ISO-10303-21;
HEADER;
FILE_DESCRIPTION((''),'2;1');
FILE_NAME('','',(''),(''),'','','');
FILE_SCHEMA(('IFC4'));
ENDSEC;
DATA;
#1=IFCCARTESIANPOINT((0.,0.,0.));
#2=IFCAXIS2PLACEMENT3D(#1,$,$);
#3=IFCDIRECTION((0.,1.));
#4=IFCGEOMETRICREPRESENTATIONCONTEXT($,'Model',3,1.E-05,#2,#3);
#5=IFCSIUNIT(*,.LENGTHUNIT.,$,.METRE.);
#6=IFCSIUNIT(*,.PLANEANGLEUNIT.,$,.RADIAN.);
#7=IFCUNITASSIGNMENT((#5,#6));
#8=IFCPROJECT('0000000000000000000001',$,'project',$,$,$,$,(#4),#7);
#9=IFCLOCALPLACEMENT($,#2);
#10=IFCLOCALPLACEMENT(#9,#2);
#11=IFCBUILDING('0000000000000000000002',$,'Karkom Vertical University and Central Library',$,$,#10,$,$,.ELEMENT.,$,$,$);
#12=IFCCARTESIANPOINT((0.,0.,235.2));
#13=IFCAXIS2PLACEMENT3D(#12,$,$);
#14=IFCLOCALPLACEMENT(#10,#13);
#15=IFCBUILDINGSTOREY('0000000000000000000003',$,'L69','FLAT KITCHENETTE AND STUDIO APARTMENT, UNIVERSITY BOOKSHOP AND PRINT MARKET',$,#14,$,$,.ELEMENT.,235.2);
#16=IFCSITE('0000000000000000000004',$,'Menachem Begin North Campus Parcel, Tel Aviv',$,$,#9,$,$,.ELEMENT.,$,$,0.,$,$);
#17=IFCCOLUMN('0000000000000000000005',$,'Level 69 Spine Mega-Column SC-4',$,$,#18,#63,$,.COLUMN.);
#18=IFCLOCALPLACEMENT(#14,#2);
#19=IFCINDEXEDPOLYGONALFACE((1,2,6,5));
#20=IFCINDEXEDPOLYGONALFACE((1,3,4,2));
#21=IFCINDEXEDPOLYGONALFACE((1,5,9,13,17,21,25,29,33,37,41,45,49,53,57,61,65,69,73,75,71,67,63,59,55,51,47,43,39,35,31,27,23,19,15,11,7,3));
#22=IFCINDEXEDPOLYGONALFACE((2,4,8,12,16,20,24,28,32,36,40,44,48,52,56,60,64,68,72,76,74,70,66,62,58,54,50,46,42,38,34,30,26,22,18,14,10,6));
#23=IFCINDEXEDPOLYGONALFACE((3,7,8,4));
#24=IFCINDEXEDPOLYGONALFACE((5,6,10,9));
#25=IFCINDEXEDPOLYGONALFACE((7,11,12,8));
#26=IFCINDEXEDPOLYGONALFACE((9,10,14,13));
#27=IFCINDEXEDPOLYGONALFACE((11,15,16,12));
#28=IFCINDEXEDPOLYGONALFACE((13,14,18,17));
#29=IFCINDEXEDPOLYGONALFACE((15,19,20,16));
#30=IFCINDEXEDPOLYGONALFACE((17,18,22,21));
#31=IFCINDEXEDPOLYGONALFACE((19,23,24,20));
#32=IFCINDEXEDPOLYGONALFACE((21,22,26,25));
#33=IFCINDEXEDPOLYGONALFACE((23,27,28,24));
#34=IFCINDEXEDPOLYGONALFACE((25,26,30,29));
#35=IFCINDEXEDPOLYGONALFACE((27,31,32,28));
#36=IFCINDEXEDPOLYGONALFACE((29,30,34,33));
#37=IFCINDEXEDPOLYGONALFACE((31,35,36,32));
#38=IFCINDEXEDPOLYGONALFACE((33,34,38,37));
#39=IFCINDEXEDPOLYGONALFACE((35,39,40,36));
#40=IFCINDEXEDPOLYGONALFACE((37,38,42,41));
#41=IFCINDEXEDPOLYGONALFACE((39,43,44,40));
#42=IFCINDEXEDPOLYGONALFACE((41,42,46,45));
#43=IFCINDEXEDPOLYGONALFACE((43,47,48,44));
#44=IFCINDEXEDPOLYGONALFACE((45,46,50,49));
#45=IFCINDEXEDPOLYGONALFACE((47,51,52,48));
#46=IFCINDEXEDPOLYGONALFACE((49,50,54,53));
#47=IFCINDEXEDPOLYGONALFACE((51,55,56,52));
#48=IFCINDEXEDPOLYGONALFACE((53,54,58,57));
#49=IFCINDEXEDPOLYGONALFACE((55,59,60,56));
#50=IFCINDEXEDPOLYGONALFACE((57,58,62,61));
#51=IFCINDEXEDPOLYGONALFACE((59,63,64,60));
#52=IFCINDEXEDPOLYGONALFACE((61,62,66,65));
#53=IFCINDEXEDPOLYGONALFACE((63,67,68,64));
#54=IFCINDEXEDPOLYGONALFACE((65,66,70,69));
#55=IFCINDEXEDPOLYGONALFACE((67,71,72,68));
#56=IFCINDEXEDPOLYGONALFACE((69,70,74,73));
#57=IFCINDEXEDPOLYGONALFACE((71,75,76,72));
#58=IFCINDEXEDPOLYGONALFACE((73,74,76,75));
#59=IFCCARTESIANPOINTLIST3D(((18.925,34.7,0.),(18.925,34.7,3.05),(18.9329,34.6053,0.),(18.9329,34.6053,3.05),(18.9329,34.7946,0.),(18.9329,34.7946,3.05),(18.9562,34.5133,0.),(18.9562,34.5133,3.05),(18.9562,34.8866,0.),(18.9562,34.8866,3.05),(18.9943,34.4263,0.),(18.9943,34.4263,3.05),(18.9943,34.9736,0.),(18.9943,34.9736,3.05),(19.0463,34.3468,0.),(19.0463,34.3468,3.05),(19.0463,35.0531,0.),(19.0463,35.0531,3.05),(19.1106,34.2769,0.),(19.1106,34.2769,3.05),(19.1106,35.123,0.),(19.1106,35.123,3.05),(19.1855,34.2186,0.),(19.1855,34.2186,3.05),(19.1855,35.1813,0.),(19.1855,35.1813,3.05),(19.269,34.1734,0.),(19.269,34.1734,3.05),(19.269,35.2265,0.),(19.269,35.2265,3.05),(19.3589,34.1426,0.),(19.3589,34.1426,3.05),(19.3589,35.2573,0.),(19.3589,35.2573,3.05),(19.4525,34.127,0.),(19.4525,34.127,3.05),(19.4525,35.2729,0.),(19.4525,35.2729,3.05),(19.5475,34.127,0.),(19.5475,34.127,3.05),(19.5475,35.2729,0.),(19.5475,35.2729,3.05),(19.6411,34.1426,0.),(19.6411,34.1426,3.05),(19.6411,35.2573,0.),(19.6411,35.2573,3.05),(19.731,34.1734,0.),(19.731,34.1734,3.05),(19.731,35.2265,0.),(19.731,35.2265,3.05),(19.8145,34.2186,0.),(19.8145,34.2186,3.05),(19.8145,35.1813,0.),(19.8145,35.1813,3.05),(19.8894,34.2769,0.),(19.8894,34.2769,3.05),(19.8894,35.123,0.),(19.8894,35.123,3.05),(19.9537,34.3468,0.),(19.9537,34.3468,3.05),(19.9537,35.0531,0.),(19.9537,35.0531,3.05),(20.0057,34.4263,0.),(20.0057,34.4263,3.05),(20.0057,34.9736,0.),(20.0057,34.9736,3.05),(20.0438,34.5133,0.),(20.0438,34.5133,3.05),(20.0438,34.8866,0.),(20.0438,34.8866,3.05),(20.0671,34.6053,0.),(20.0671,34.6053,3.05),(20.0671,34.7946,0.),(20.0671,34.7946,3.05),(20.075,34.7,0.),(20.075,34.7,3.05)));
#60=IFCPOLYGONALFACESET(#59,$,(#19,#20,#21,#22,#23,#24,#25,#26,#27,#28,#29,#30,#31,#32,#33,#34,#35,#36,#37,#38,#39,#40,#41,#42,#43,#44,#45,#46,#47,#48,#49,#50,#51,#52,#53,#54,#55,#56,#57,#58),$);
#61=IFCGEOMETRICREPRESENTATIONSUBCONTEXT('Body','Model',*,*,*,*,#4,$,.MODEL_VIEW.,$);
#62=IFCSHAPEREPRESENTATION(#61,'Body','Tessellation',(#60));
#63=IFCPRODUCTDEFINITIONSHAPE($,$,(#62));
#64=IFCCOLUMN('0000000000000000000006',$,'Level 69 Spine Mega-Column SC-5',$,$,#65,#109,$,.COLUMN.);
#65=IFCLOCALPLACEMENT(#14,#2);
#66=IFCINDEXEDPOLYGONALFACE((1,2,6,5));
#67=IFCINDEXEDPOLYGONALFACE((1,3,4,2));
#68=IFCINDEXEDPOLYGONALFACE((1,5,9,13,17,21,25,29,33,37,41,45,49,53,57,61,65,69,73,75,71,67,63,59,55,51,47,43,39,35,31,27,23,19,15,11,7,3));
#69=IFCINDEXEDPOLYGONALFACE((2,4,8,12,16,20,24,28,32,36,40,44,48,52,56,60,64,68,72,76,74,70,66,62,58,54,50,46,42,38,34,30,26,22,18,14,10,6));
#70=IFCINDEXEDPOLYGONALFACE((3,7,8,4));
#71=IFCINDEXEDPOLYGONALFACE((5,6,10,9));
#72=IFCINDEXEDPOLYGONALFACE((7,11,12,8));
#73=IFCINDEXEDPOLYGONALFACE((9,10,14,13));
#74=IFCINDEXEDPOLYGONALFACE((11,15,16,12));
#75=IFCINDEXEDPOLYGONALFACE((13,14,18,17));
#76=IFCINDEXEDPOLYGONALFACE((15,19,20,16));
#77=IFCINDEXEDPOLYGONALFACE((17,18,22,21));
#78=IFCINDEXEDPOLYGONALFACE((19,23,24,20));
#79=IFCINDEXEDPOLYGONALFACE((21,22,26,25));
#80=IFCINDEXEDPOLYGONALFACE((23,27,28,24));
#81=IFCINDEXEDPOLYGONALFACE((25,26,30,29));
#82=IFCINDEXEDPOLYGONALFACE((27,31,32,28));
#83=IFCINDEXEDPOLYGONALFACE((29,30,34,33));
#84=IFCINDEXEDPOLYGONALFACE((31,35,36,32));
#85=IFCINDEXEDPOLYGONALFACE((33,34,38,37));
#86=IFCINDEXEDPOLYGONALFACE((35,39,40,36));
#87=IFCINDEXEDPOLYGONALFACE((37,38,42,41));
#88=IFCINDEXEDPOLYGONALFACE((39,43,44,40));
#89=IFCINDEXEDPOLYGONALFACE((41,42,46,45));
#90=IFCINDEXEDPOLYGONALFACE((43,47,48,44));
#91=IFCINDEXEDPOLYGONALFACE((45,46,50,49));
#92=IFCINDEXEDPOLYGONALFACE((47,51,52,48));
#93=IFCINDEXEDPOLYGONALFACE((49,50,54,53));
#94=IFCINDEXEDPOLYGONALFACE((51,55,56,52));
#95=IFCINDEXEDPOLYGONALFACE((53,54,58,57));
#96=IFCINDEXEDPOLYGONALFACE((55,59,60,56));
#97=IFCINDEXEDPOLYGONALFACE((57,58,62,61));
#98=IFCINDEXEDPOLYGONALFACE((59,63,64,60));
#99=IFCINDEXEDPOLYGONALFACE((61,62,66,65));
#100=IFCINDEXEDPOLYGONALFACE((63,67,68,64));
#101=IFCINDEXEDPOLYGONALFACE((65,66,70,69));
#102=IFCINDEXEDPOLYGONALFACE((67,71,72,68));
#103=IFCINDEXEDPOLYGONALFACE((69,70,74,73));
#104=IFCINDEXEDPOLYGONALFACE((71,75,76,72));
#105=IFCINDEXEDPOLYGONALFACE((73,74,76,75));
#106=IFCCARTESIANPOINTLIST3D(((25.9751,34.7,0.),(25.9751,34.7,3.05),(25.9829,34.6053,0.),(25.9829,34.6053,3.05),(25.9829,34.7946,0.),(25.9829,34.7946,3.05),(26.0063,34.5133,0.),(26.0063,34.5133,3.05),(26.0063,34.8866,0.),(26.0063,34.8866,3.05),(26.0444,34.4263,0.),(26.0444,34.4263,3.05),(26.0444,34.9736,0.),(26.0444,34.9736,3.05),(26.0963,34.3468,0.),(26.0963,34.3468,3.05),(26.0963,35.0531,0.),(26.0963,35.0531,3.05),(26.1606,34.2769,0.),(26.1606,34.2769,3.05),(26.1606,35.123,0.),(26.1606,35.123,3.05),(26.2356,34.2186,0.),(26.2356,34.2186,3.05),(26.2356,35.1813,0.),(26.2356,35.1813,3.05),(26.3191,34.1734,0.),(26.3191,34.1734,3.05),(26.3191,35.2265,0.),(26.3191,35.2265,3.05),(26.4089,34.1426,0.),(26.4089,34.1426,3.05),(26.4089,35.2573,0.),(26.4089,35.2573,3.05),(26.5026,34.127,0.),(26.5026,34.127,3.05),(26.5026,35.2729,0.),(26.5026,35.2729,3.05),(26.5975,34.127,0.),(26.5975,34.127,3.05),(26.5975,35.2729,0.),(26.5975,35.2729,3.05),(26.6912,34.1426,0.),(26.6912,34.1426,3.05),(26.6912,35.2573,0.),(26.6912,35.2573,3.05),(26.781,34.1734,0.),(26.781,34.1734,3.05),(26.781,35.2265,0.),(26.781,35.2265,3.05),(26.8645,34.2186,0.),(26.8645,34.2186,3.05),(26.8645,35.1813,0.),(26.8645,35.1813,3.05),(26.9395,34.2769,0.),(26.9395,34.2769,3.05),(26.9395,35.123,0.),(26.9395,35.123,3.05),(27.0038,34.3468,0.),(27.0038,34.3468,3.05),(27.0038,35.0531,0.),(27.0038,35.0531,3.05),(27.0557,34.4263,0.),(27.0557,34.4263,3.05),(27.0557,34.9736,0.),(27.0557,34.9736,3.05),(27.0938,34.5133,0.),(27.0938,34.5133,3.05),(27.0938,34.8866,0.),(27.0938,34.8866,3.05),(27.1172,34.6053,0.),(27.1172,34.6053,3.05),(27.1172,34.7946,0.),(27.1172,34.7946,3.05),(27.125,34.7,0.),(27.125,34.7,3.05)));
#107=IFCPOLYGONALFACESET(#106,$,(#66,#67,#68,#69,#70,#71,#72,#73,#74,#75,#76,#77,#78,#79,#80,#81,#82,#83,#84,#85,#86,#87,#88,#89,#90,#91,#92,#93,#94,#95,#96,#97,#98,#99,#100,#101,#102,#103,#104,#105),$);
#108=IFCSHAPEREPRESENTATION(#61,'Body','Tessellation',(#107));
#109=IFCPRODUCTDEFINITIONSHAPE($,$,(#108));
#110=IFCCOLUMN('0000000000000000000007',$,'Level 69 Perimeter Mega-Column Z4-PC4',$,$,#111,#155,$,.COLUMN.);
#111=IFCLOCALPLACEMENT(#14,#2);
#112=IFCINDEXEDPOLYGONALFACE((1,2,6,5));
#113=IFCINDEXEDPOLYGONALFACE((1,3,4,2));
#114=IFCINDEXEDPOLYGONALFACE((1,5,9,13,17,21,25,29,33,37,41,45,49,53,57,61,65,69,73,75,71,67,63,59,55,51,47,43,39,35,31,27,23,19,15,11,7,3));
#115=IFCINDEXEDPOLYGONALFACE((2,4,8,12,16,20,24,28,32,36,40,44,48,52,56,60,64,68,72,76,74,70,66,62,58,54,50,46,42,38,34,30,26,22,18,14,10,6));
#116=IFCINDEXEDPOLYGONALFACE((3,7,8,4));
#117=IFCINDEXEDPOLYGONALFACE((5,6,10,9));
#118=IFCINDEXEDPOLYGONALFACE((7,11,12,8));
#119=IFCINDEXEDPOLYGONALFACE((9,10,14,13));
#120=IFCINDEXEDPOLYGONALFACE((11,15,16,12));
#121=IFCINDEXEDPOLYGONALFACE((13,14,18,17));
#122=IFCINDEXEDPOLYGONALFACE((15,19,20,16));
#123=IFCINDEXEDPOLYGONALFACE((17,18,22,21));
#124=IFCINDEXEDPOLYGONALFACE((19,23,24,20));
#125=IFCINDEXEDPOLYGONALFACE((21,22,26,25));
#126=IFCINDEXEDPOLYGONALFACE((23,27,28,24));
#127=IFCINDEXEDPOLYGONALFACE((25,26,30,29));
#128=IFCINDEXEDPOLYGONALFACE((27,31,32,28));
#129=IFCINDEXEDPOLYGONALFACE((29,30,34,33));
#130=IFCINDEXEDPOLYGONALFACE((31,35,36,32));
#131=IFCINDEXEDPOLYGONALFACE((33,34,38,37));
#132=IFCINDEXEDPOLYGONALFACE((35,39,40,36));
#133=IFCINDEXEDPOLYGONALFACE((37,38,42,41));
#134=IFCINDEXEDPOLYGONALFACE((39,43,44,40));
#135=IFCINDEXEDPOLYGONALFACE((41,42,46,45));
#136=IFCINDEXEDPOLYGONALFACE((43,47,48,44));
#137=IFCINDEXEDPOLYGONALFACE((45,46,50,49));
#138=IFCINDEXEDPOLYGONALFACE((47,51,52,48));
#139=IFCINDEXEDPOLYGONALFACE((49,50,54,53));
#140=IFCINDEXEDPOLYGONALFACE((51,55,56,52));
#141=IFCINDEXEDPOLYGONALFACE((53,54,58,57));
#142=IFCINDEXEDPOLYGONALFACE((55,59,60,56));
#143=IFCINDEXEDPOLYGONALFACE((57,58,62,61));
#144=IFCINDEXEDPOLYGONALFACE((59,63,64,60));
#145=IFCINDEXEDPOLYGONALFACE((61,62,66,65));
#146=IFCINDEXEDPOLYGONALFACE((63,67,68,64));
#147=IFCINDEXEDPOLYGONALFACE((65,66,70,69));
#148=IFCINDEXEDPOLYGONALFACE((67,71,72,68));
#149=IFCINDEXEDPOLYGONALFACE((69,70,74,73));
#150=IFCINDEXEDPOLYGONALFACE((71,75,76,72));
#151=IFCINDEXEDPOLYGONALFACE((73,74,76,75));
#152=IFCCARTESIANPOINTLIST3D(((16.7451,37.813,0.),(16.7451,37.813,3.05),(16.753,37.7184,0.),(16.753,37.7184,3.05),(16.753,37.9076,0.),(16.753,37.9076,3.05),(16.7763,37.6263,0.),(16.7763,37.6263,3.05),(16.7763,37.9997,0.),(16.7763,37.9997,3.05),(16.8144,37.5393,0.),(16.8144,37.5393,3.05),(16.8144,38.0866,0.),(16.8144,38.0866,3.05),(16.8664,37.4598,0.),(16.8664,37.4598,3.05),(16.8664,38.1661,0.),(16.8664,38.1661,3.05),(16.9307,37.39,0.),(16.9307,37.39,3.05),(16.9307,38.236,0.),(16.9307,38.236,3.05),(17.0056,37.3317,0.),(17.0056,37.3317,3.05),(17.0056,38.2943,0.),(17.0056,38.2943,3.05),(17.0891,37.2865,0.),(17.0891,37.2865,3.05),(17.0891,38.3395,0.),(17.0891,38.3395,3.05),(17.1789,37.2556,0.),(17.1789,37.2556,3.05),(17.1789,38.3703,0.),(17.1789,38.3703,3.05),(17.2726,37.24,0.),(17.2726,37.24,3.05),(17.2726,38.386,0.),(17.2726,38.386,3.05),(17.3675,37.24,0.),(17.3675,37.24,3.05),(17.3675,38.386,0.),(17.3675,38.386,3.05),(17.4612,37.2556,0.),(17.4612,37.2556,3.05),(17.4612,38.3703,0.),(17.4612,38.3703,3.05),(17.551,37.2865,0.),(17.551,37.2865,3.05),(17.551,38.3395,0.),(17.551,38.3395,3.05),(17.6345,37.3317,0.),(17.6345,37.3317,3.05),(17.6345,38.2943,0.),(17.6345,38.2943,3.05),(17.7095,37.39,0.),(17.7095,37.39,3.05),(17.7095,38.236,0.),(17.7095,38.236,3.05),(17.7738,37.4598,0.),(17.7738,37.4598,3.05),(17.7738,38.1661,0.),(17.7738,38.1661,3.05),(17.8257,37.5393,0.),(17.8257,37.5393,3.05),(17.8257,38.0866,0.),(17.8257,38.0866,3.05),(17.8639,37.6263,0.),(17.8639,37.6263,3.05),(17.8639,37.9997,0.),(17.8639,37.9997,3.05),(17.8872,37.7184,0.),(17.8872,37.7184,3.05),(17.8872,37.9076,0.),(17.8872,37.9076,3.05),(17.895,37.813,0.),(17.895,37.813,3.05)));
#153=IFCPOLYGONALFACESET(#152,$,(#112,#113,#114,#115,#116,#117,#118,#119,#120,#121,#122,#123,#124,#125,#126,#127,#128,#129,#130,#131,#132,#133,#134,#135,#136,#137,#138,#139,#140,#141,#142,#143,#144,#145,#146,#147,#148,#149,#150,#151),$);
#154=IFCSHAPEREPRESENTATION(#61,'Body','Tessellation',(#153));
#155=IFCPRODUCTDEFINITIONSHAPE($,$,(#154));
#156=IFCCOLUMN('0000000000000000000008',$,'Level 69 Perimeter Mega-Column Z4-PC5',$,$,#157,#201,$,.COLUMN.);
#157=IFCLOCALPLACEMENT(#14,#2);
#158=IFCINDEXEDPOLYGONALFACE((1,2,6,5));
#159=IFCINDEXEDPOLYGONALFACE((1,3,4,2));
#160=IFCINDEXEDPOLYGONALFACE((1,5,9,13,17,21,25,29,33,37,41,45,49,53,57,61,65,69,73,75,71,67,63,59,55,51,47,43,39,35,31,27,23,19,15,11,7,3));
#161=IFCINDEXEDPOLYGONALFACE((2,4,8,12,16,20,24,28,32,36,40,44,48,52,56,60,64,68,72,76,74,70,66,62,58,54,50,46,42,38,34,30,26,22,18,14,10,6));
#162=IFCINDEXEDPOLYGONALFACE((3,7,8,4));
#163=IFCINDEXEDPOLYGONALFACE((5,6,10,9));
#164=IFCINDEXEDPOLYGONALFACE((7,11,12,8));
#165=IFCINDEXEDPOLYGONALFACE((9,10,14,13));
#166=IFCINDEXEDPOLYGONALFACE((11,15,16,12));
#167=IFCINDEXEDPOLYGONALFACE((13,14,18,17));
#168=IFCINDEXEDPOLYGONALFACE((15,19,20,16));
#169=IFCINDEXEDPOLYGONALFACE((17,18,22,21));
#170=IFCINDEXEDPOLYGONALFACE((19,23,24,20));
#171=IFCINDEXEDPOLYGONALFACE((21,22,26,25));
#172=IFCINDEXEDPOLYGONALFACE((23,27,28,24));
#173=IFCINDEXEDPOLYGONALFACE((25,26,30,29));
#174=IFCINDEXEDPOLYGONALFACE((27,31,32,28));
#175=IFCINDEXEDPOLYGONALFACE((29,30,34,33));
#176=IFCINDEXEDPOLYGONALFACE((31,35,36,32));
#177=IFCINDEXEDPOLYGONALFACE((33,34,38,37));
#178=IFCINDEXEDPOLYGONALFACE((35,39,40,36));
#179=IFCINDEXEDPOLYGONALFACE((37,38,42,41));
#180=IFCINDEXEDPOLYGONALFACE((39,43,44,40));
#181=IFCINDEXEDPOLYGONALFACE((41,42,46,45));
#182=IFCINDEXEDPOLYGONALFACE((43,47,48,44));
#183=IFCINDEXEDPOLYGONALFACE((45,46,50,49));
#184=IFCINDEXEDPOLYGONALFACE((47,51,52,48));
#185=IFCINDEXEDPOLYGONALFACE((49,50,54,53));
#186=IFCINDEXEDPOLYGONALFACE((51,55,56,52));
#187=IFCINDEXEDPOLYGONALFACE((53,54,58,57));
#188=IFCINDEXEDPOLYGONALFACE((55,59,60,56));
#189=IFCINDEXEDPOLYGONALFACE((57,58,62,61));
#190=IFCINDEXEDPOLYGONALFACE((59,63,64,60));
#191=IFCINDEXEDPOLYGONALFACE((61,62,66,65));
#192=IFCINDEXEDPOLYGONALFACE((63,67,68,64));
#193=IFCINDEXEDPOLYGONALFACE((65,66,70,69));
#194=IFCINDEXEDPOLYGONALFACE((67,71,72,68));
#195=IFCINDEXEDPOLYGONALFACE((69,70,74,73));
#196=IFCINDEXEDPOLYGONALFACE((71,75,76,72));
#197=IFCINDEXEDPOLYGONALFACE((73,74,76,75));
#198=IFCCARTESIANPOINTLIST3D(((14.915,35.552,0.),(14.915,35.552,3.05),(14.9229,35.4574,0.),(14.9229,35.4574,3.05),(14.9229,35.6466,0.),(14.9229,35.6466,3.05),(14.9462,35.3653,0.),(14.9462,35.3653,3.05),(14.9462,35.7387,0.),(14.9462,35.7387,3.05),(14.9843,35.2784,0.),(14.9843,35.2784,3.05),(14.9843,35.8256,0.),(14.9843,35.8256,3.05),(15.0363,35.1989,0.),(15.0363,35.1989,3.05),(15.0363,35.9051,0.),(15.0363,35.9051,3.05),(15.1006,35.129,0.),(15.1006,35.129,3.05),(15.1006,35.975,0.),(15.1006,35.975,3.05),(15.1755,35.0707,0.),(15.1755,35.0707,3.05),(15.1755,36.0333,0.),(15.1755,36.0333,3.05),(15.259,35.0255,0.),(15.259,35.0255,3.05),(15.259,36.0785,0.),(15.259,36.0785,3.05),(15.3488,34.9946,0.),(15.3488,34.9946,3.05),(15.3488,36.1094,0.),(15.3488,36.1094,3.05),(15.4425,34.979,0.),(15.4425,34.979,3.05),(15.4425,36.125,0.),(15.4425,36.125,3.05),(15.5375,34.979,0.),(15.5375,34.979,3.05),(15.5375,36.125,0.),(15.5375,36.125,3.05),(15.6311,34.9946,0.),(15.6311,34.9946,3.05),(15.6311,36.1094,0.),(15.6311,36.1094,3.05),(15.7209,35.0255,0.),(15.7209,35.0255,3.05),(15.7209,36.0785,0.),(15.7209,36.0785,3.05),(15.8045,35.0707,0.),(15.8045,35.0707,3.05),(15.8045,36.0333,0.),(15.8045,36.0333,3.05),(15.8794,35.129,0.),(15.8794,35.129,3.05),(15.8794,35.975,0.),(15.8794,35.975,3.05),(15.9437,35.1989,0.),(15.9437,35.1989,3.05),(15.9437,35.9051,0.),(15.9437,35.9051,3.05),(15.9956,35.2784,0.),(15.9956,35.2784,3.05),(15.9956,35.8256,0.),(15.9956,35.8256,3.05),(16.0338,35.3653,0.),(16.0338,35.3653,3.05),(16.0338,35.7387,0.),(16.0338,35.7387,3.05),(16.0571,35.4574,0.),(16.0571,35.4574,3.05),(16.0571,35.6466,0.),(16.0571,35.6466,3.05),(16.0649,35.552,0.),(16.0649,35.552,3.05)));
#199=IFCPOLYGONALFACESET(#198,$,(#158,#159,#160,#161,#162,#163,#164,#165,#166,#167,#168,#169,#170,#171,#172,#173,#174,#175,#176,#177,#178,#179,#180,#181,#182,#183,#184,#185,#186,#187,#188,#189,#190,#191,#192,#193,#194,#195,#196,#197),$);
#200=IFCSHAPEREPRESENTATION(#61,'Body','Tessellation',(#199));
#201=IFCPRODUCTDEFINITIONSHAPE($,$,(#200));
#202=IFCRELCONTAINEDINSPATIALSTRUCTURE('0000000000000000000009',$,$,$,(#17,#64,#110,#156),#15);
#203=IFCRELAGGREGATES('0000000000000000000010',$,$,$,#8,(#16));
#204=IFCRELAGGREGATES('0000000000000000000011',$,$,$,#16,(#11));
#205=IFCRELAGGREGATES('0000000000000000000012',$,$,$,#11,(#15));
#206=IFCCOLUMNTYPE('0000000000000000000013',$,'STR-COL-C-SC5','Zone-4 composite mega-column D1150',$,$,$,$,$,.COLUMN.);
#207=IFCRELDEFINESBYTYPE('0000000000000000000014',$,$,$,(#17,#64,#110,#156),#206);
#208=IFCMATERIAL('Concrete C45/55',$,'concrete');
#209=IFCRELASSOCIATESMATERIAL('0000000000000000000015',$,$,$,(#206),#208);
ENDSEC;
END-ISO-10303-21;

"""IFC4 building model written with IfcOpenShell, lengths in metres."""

from ifc_helpers import new_model, si_unit, direction, frame, origin, origin_with_axes, origin_2d, place, context, subcontext, project, spatial, circle, extrude, source, transform, mapped, material, material_profile, profile_set, type_object, element, save


model = new_model("IFC4")

# Units and contexts
model_context = context("Model", 3, precision=1e-05, world=origin(), true_north=direction((0.0, 1.0)))
body_context = subcontext(model_context, "Body", "Model", "MODEL_VIEW")
ifc_project = project(units=[si_unit("LENGTHUNIT", "METRE"), si_unit("PLANEANGLEUNIT", "RADIAN")], contexts=[model_context])

# Site, building, storey
site_placement = place(None, origin())
site = spatial("IfcSite", under=ifc_project, at=site_placement, Name="Menachem Begin North Campus Parcel, Tel Aviv", CompositionType="ELEMENT", RefElevation=0.0)
building_placement = place(site_placement, origin())
building = spatial("IfcBuilding", under=site, at=building_placement, Name="Karkom Vertical University and Central Library", CompositionType="ELEMENT")
storey_placement = place(building_placement, frame((0.0, 0.0, 235.2)))
storey = spatial("IfcBuildingStorey", under=building, at=storey_placement, Name="L69", Description="FLAT KITCHENETTE AND STUDIO APARTMENT, UNIVERSITY BOOKSHOP AND PRINT MARKET", CompositionType="ELEMENT", Elevation=235.2)

# Columns
ifc_material_1 = material(Name="Concrete C45/55", Category="concrete")
ifc_material_profile_1 = material_profile(ifc_material_1, circle(Radius=0.575, at=origin_2d()), Name="CFT-D1150")
ifc_profile_set_1 = profile_set([ifc_material_profile_1], Name="Concrete C45/55")
column_type = type_object("IfcColumnType", Name="STR-COL-C-SC5", Description="Zone-4 composite mega-column D1150", PredefinedType="COLUMN", material=ifc_profile_set_1)
shared_shape_1 = source(origin_with_axes(), body_context, "Body", "SweptSolid", [
    extrude(circle(Radius=0.575, at=origin_2d()), origin(), (0.0, 0.0, 1.0), 3.05),
])
for number, where, z_axis, x_axis, name in (
    (1, (19.5, 34.7, 0.0), (0.0, 0.0, 1.0), (1.0, 0.0, 0.0), "Level 69 Spine Mega-Column SC-4"),
    (2, (26.55, 34.7, 0.0), (0.0, 0.0, 1.0), (1.0, 0.0, 0.0), "Level 69 Spine Mega-Column SC-5"),
    (3, (17.3201, 37.813, 0.0), (0.0, 0.0, 1.0), (1.0, 0.0, 0.0), "Level 69 Perimeter Mega-Column Z4-PC4"),
    (4, (15.49, 35.552, 0.0), (0.0, 0.0, 1.0), (1.0, 0.0, 0.0), "Level 69 Perimeter Mega-Column Z4-PC5"),
):
    element("IfcColumn", number, at=place(storey_placement, frame(where, z_axis=z_axis, x_axis=x_axis)), inside=storey, type_object=column_type, Name=name, PredefinedType="COLUMN", context=body_context, shape_type="MappedRepresentation", body=[
        mapped(shared_shape_1, transform((0.0, 0.0, 0.0), scale=1.0)),
    ])

save(model, "model.ifc")
